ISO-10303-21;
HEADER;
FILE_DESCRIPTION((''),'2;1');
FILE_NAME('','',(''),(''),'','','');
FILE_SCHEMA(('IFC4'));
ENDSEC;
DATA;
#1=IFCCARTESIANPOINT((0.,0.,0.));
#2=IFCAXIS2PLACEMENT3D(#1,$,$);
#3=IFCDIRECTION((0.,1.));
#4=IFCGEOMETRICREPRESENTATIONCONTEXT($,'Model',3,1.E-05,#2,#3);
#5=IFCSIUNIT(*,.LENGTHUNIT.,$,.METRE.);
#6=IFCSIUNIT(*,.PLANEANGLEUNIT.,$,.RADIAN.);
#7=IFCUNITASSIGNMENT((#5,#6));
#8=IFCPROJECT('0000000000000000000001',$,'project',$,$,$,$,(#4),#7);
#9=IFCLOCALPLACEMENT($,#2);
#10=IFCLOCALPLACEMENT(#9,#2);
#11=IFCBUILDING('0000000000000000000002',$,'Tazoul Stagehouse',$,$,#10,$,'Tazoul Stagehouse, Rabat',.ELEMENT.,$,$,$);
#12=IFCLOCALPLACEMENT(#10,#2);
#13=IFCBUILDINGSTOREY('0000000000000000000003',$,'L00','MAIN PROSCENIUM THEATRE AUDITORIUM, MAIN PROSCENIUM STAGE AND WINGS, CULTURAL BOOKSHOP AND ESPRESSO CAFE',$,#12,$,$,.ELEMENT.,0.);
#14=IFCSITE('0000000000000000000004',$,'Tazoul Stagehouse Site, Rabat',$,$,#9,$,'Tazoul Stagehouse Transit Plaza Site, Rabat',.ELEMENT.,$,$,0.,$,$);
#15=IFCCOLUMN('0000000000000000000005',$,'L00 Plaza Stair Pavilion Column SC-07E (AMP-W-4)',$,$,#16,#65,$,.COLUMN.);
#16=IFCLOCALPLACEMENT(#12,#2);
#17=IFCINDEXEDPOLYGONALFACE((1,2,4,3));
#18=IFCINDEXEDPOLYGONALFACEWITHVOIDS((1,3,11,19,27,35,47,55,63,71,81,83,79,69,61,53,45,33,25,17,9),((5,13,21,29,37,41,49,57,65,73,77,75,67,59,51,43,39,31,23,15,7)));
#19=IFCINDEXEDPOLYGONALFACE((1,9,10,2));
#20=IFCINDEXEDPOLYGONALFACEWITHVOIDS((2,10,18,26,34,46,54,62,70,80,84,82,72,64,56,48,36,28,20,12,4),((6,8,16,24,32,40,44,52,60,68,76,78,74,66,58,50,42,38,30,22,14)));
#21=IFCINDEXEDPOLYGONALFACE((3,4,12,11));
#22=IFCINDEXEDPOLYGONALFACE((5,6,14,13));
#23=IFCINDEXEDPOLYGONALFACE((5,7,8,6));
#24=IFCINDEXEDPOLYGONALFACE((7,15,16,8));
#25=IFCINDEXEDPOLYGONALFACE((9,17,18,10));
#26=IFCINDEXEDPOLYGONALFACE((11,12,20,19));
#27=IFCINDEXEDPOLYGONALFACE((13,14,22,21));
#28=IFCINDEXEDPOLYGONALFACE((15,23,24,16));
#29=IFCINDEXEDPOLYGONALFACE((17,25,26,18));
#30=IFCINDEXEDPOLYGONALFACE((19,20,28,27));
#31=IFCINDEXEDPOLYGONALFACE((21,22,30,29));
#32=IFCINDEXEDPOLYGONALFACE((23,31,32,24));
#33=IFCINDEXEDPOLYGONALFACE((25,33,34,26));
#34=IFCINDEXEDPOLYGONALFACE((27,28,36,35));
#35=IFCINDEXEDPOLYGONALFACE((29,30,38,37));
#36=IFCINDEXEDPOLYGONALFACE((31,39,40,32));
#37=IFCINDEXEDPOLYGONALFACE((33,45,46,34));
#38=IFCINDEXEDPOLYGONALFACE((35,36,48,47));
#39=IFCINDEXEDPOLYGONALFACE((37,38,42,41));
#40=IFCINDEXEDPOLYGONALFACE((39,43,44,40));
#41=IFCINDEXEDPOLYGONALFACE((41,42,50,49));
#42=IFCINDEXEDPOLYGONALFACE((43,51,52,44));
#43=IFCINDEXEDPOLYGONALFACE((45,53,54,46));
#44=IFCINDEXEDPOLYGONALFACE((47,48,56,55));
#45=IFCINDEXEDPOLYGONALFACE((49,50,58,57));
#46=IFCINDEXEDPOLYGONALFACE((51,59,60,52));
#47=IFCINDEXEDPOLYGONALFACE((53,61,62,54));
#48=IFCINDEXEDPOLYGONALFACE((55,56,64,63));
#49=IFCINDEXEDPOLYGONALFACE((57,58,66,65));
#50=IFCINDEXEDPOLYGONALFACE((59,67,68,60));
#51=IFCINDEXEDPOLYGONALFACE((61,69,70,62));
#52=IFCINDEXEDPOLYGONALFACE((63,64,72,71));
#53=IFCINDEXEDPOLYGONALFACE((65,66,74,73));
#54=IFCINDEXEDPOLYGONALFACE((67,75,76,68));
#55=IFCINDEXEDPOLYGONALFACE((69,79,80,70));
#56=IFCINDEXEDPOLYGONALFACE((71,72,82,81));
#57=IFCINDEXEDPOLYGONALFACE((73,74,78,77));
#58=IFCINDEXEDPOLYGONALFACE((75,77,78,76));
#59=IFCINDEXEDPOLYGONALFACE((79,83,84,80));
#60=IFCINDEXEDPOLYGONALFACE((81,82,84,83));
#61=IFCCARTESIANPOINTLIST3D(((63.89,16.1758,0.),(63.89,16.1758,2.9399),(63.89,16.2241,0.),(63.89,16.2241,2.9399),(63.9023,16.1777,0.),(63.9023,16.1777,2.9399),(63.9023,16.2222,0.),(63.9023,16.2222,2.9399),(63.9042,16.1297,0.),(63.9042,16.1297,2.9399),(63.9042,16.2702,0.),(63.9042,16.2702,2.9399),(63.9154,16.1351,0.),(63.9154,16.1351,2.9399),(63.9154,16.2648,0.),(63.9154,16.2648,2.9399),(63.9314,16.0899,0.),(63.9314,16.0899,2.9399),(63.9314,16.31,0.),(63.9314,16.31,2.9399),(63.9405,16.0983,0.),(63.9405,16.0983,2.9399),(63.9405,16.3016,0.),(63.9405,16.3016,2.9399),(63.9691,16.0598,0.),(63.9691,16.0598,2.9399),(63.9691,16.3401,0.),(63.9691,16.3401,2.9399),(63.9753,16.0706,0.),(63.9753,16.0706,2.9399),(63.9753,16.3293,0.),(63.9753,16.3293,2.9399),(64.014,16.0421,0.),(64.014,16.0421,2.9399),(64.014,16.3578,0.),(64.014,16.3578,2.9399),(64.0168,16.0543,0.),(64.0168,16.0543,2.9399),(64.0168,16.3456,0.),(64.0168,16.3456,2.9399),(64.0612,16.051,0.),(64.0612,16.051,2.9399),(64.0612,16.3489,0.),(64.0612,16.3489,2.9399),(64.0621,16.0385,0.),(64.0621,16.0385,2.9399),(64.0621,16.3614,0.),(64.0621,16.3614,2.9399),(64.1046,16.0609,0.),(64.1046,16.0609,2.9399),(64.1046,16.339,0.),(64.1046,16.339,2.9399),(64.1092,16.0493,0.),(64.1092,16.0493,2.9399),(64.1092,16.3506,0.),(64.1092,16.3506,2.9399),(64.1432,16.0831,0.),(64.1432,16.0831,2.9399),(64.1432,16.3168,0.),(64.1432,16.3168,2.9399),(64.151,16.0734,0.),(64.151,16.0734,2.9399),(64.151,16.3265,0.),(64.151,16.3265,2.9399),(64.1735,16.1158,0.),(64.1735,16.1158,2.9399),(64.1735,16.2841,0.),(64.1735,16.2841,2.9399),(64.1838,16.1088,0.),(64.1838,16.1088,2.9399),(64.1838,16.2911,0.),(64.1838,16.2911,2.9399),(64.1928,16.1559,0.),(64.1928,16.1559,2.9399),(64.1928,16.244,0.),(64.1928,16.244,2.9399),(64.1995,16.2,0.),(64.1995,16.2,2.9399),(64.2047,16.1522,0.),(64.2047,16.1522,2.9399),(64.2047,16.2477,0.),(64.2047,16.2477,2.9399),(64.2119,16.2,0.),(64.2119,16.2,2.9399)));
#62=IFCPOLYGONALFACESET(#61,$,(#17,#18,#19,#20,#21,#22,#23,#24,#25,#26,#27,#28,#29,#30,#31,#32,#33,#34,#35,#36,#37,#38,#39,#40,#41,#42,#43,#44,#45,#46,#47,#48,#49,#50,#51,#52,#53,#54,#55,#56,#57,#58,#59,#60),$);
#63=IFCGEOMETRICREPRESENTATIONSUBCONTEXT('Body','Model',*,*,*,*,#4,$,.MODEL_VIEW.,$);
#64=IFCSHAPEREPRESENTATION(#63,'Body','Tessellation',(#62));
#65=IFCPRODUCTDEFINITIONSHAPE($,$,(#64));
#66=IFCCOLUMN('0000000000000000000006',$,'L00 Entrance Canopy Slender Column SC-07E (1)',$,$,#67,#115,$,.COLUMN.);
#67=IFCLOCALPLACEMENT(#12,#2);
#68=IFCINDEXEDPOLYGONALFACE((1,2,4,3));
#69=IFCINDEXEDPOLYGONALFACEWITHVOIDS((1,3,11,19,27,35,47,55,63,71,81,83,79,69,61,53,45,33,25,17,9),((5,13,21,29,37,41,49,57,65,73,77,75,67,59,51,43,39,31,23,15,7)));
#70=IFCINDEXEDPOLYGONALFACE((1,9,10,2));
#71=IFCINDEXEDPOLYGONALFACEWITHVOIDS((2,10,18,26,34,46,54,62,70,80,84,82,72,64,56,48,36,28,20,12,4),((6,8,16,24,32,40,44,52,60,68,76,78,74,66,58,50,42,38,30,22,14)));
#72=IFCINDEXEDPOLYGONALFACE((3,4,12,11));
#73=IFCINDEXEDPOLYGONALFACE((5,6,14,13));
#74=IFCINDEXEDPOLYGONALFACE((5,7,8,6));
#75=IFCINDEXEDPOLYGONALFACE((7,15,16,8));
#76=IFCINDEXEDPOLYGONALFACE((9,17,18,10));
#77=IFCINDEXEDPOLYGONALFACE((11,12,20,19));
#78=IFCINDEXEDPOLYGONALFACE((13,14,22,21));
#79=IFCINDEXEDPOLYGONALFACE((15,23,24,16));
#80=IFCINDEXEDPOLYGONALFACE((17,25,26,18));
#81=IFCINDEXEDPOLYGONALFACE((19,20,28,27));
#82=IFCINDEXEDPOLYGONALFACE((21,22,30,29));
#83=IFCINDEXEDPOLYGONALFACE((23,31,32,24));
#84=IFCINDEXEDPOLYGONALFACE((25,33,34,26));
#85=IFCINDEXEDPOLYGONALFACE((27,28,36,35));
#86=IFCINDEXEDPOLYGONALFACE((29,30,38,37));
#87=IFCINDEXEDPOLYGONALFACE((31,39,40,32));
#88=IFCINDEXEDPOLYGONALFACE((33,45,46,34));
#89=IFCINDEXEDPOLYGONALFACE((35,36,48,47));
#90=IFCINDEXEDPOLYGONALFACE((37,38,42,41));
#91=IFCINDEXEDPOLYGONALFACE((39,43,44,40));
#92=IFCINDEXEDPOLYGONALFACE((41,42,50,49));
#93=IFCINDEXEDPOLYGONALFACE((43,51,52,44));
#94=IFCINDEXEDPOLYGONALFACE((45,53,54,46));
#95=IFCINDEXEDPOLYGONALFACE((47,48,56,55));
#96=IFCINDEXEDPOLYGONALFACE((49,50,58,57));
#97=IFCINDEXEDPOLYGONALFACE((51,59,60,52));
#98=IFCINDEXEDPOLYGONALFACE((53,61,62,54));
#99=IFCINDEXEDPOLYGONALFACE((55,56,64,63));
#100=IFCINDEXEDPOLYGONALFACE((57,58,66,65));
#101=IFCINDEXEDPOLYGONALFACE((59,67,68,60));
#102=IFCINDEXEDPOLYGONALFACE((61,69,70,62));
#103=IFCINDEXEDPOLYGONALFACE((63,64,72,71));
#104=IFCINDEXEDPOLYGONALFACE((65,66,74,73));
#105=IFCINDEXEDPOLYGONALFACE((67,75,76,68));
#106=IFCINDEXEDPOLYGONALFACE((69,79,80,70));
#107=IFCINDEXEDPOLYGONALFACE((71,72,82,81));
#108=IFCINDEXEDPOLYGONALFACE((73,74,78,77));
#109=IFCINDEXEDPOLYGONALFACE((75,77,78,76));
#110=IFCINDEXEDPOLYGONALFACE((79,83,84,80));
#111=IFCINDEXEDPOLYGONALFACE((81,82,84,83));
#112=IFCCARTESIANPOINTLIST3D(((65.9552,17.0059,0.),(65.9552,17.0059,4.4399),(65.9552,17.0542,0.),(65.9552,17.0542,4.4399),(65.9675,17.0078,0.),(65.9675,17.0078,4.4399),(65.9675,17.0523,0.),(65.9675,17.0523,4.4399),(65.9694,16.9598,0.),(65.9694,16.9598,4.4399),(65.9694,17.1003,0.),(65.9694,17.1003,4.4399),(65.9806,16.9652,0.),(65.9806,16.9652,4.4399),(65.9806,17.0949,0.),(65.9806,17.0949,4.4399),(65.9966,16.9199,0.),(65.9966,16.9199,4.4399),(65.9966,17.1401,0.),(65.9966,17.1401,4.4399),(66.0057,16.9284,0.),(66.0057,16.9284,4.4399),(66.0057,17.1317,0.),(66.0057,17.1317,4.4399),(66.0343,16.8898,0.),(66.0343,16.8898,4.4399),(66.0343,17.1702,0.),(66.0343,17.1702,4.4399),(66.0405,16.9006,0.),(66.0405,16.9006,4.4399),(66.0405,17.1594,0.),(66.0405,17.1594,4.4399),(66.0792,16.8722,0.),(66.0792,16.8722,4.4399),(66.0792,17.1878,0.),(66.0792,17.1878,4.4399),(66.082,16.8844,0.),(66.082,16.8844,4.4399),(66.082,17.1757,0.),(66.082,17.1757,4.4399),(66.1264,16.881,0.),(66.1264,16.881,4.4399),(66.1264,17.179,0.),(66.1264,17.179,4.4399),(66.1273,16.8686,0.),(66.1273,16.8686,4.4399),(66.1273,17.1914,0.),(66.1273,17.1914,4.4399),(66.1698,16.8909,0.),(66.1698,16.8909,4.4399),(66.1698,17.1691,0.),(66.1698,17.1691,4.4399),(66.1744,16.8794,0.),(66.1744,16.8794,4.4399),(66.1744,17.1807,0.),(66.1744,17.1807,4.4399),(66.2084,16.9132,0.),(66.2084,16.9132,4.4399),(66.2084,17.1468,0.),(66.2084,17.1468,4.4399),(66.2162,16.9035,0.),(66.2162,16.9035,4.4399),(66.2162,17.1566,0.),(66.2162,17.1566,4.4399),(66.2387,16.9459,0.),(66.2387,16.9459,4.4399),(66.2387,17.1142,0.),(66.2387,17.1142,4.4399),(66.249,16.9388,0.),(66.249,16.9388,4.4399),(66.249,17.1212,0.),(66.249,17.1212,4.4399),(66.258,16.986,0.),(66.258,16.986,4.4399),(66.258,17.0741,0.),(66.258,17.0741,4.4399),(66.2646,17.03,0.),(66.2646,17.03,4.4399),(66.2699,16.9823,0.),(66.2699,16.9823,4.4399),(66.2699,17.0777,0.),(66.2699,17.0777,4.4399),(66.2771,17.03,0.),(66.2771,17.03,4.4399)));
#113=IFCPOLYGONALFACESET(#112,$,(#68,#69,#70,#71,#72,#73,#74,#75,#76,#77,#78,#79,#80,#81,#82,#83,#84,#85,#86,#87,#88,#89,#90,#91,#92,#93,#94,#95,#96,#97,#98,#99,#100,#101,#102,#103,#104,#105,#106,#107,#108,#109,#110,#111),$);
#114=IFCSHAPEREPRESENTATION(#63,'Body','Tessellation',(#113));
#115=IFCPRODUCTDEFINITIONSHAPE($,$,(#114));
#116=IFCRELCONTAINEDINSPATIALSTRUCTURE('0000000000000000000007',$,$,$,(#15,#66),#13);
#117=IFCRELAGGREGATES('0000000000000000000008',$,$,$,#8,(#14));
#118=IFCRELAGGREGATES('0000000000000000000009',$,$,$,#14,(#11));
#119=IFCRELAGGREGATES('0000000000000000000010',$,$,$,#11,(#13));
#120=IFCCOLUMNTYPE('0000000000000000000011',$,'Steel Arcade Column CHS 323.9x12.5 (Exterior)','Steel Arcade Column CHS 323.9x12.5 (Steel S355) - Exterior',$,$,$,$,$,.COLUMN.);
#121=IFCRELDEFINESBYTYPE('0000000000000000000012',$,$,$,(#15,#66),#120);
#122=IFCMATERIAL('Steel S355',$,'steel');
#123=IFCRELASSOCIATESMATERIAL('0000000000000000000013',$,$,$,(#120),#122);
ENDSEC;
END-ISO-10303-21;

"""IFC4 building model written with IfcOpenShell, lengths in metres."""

from ifc_helpers import new_model, si_unit, direction, frame, origin, origin_2d, place, context, subcontext, project, spatial, hollow_circle, extrude, material, material_profile, profile_set, type_object, element, save


model = new_model("IFC4")

# Units and contexts
model_context = context("Model", 3, precision=1e-05, world=origin(), true_north=direction((0.0, 1.0)))
body_context = subcontext(model_context, "Body", "Model", "MODEL_VIEW")
ifc_project = project(units=[si_unit("LENGTHUNIT", "METRE"), si_unit("PLANEANGLEUNIT", "RADIAN")], contexts=[model_context])

# Site, building, storey
site_placement = place(None, origin())
site = spatial("IfcSite", under=ifc_project, at=site_placement, Name="Tazoul Stagehouse Site, Rabat", LongName="Tazoul Stagehouse Transit Plaza Site, Rabat", CompositionType="ELEMENT", RefElevation=0.0)
building_placement = place(site_placement, origin())
building = spatial("IfcBuilding", under=site, at=building_placement, Name="Tazoul Stagehouse", LongName="Tazoul Stagehouse, Rabat", CompositionType="ELEMENT")
storey_placement = place(building_placement, origin())
storey = spatial("IfcBuildingStorey", under=building, at=storey_placement, Name="L00", Description="MAIN PROSCENIUM THEATRE AUDITORIUM, MAIN PROSCENIUM STAGE AND WINGS, CULTURAL BOOKSHOP AND ESPRESSO CAFE", CompositionType="ELEMENT", Elevation=0.0)

# Columns
ifc_material_1 = material(Name="Steel S355", Category="steel")
ifc_material_profile_1 = material_profile(ifc_material_1, hollow_circle(Radius=0.1619, WallThickness=0.0125, at=origin_2d()), Name="CHS 323.9x12.5")
ifc_profile_set_1 = profile_set([ifc_material_profile_1], Name="Steel S355")
column_type = type_object("IfcColumnType", Name="Steel Arcade Column CHS 323.9x12.5 (Exterior)", Description="Steel Arcade Column CHS 323.9x12.5 (Steel S355) - Exterior", PredefinedType="COLUMN", material=ifc_profile_set_1)
for number, where, z_axis, x_axis, name in (
    (1, (64.05, 16.2, 0.0), (0.0, 0.0, 1.0), (1.0, 0.0, 0.0), "L00 Plaza Stair Pavilion Column SC-07E (AMP-W-4)"),
):
    element("IfcColumn", number, at=place(storey_placement, frame(where, z_axis=z_axis, x_axis=x_axis)), inside=storey, type_object=column_type, Name=name, PredefinedType="COLUMN", context=body_context, shape_type="SweptSolid", body=[
        extrude(hollow_circle(Radius=0.1619, WallThickness=0.0125, at=origin_2d()), origin(), (0.0, 0.0, 1.0), 2.9399),
    ])
column_placement = place(storey_placement, frame((66.1152, 17.03, 0.0), z_axis=(0.0, 0.0, 1.0), x_axis=(1.0, 0.0, 0.0)))
element("IfcColumn", 2, at=column_placement, inside=storey, type_object=column_type, Name="L00 Entrance Canopy Slender Column SC-07E (1)", PredefinedType="COLUMN", context=body_context, shape_type="SweptSolid", body=[
    extrude(hollow_circle(Radius=0.1619, WallThickness=0.0125, at=origin_2d()), origin(), (0.0, 0.0, 1.0), 4.4399),
])

save(model, "model.ifc")
